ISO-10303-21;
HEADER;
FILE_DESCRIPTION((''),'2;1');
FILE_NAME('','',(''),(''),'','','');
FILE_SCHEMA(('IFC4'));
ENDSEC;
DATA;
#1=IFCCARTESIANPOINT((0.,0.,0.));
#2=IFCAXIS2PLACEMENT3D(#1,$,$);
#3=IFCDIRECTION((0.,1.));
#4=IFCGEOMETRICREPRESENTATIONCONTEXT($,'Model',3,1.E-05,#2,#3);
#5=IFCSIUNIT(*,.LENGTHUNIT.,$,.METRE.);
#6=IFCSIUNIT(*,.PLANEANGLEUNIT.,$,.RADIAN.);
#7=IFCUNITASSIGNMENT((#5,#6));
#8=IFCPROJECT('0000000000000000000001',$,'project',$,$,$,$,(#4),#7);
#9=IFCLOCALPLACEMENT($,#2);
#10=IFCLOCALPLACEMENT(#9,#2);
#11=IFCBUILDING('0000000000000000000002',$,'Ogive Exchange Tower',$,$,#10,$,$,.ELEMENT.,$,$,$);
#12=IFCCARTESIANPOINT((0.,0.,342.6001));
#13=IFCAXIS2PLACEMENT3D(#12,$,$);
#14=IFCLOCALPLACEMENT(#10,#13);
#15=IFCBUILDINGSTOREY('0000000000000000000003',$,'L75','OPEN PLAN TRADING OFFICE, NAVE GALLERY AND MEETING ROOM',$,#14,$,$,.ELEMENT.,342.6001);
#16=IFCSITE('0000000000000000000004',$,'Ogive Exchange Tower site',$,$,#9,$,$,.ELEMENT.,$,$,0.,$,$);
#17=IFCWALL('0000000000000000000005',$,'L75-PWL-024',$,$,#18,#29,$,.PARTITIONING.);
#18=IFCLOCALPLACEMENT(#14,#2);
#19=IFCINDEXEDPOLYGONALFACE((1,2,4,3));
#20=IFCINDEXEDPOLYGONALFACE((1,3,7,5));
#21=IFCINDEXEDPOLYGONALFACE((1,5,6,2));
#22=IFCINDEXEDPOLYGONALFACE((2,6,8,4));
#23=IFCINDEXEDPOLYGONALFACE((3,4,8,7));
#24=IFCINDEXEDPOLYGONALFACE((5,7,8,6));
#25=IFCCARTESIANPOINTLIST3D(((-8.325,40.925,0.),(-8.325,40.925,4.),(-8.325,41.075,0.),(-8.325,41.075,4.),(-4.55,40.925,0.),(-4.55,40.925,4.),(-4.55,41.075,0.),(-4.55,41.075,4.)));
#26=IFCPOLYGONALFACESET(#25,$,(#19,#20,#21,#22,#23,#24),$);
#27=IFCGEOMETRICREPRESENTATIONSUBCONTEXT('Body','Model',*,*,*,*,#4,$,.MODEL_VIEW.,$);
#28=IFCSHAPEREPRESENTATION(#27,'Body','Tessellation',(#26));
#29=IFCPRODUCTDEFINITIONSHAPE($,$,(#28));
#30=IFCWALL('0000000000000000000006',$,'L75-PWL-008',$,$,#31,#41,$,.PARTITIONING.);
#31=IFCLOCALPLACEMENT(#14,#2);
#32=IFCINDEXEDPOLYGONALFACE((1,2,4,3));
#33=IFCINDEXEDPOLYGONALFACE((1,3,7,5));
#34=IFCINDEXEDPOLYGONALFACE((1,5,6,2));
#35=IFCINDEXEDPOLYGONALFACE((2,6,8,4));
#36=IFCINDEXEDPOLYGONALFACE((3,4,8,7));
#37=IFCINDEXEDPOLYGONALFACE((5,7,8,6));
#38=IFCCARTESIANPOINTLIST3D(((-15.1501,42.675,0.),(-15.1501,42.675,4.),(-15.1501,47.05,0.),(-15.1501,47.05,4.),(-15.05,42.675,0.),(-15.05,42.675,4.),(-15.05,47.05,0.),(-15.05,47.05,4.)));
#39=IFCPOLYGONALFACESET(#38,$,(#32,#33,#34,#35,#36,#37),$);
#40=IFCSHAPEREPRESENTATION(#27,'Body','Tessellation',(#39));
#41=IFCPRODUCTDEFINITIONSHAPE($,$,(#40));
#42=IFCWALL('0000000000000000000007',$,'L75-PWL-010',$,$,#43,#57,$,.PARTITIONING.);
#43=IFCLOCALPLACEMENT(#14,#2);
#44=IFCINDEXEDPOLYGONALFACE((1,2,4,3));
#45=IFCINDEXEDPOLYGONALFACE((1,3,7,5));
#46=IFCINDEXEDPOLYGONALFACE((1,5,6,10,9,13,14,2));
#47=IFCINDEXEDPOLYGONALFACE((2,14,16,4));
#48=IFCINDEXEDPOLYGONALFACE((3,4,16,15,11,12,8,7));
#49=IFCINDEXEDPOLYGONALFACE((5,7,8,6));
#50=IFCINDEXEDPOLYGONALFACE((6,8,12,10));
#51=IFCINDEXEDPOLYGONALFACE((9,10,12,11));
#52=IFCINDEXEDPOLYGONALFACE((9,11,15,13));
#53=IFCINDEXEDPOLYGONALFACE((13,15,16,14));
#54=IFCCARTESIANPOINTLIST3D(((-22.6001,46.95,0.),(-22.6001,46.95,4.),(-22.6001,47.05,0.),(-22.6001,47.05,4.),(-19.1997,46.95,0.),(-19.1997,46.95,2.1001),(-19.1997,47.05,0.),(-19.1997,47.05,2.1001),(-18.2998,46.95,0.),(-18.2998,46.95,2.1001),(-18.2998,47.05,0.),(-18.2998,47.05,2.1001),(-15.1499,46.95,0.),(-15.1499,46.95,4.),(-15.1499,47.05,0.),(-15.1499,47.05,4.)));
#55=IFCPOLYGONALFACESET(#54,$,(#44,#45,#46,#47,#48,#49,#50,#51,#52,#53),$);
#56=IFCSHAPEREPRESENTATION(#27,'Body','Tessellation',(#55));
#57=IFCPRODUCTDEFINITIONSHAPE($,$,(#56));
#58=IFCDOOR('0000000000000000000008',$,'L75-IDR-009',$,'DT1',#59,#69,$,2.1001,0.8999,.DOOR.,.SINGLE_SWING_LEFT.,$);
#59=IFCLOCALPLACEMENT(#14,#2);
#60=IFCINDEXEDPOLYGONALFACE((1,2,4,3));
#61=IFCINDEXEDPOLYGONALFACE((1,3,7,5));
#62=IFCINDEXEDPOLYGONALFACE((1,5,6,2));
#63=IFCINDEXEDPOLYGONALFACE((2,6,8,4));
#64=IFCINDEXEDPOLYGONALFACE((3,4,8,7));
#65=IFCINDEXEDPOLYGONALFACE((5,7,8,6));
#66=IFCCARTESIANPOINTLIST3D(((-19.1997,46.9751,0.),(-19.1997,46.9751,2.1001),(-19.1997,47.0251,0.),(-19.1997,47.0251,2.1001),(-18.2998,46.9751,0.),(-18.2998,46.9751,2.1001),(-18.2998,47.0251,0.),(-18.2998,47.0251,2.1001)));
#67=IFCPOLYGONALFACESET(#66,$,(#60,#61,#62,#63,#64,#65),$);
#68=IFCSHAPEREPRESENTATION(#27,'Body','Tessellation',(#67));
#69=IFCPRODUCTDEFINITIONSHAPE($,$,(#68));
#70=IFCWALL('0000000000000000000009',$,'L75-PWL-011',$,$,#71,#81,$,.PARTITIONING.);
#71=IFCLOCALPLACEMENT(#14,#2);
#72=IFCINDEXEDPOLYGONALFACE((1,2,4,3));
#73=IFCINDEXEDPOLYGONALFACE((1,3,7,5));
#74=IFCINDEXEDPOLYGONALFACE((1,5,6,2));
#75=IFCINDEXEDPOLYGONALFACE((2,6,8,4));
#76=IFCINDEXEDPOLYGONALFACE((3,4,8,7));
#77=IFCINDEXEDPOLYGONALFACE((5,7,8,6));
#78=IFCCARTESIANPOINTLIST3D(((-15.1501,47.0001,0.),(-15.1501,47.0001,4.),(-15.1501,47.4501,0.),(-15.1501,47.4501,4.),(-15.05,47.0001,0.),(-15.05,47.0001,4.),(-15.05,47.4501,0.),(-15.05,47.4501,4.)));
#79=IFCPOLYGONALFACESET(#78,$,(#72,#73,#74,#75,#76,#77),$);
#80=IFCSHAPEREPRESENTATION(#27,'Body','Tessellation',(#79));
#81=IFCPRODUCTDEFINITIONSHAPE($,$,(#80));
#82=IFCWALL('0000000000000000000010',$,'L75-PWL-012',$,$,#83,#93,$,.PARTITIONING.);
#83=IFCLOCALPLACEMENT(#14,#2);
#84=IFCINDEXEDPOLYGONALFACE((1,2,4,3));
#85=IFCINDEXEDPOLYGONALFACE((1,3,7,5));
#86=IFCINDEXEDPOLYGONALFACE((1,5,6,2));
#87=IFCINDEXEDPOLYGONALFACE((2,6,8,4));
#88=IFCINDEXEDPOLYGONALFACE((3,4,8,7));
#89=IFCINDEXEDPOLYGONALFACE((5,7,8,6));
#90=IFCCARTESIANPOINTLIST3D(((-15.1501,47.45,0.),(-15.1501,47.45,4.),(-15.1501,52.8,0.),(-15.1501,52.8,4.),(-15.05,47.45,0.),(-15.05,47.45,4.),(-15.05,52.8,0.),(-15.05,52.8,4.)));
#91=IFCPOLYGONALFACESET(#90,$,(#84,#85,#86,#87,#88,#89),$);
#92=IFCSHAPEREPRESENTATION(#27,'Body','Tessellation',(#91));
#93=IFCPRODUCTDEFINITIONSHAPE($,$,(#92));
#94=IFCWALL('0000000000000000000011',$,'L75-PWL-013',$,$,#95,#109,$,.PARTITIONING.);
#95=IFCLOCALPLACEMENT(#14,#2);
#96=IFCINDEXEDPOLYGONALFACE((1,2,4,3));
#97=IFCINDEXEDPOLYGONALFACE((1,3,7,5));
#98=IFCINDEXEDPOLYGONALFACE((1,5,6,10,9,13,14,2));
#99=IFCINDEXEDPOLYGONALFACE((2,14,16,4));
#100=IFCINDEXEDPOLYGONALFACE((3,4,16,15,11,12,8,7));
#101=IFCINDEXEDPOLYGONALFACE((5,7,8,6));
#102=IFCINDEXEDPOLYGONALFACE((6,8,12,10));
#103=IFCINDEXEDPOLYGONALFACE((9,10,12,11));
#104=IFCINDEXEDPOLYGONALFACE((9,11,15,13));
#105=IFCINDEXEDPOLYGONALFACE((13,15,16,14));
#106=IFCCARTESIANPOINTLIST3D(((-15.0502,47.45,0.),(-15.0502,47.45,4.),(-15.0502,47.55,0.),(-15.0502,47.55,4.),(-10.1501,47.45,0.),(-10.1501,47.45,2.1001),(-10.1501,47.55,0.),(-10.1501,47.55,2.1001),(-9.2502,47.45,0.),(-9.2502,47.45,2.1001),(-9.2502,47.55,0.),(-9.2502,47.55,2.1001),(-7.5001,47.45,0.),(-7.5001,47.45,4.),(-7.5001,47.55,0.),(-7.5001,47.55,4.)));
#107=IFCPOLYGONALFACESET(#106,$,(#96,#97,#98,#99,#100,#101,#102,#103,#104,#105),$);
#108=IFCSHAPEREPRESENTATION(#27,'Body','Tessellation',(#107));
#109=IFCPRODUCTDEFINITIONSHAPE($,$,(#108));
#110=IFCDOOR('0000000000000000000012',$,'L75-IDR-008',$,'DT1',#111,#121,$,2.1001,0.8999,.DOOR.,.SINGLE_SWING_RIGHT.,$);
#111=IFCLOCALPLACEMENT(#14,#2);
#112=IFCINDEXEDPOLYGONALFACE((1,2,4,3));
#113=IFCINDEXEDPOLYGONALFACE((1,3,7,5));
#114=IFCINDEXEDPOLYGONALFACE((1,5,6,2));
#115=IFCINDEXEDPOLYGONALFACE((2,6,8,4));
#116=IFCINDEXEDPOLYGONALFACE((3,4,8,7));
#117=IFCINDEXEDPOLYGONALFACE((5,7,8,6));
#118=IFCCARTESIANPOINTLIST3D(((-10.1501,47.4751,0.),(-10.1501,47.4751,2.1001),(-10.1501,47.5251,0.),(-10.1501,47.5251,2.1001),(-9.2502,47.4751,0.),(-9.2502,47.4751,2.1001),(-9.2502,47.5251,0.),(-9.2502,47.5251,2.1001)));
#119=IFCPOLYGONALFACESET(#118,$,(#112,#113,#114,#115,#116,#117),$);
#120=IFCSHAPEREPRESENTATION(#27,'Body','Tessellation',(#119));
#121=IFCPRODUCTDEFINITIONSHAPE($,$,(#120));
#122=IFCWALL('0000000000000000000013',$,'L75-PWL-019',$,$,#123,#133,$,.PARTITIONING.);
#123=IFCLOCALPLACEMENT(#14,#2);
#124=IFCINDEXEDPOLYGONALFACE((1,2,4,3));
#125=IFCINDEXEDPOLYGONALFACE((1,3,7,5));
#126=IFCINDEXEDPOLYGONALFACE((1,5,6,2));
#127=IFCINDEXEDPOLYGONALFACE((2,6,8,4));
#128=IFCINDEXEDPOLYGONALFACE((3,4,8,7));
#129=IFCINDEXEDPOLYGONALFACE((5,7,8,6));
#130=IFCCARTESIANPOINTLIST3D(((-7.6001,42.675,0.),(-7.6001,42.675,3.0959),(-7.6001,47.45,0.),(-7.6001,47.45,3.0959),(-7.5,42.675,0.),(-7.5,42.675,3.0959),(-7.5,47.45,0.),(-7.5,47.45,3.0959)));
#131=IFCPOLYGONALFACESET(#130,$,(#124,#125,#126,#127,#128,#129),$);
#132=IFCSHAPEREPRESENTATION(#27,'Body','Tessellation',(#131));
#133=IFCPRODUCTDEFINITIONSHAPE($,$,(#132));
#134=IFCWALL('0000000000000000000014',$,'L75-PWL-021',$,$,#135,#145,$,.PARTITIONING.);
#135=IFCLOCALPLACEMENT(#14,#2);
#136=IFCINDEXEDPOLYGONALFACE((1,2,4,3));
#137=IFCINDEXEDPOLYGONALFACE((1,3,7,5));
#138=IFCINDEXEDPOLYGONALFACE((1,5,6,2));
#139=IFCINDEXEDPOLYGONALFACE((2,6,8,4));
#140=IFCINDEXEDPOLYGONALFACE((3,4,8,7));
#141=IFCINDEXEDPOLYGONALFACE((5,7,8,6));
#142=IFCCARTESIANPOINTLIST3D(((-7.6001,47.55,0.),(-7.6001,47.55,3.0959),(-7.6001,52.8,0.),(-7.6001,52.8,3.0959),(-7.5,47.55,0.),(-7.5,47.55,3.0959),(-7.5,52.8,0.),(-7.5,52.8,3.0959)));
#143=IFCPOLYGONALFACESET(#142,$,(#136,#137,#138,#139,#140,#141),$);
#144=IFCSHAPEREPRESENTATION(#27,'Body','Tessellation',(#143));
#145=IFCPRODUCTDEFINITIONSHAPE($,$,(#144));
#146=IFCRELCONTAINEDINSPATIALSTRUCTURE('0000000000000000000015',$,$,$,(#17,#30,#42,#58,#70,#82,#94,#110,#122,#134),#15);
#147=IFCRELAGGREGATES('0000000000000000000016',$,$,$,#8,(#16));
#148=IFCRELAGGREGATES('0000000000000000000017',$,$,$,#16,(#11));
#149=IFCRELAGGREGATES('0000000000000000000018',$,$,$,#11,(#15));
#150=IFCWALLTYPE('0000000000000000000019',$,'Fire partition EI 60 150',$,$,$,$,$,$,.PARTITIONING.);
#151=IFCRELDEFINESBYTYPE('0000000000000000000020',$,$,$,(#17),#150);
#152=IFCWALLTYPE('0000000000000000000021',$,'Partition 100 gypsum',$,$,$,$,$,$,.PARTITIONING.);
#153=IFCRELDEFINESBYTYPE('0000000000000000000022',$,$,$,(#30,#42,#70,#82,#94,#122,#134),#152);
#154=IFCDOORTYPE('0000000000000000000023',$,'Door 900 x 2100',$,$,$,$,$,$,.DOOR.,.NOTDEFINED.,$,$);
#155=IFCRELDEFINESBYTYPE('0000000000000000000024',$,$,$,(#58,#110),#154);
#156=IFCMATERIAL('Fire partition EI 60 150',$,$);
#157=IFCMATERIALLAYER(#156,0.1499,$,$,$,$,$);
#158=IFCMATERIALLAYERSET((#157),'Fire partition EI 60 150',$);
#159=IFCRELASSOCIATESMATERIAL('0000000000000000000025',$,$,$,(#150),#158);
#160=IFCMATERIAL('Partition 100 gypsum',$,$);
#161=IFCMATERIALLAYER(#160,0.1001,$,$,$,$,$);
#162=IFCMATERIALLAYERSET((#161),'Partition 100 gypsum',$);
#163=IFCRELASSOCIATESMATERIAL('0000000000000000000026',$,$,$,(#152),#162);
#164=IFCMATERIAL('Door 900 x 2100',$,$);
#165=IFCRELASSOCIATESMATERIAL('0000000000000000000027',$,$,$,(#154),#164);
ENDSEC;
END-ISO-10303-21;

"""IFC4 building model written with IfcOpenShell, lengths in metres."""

from ifc_helpers import new_model, si_unit, direction, frame, frame_2d, origin, place, context, subcontext, project, spatial, rectangle, extrude, material, layer, layer_set, type_object, element, fill, save


model = new_model("IFC4")

# Units and contexts
model_context = context("Model", 3, precision=1e-05, world=origin(), true_north=direction((0.0, 1.0)))
body_context = subcontext(model_context, "Body", "Model", "MODEL_VIEW")
ifc_project = project(units=[si_unit("LENGTHUNIT", "METRE"), si_unit("PLANEANGLEUNIT", "RADIAN")], contexts=[model_context])

# Site, building, storey
site_placement = place(None, origin())
site = spatial("IfcSite", under=ifc_project, at=site_placement, Name="Ogive Exchange Tower site", CompositionType="ELEMENT", RefElevation=0.0)
building_placement = place(site_placement, origin())
building = spatial("IfcBuilding", under=site, at=building_placement, Name="Ogive Exchange Tower", CompositionType="ELEMENT")
storey_placement = place(building_placement, frame((0.0, 0.0, 342.6001)))
storey = spatial("IfcBuildingStorey", under=building, at=storey_placement, Name="L75", Description="OPEN PLAN TRADING OFFICE, NAVE GALLERY AND MEETING ROOM", CompositionType="ELEMENT", Elevation=342.6001)

# Shared definitions
ifc_material_1 = material(Name="Fire partition EI 60 150")
ifc_layer_1 = layer(ifc_material_1, 0.1499)
ifc_layer_set_1 = layer_set([ifc_layer_1], Name="Fire partition EI 60 150")
wall_type_1 = type_object("IfcWallType", Name="Fire partition EI 60 150", PredefinedType="PARTITIONING", material=ifc_layer_set_1)

# Walls
wall_1_placement = place(storey_placement, frame((-4.55, 41.0, 0.0), z_axis=(0.0, 0.0, 1.0), x_axis=(-1.0, 0.0, 0.0)))
element("IfcWall", 1, at=wall_1_placement, inside=storey, type_object=wall_type_1, Name="L75-PWL-024", PredefinedType="PARTITIONING", context=body_context, shape_type="SweptSolid", body=[
    extrude(rectangle(XDim=3.7749, YDim=0.1499, at=frame_2d((1.8875, 0.0))), origin(), (0.0, 0.0, 1.0), 4.0),
])
ifc_material_2 = material(Name="Partition 100 gypsum")
ifc_layer_2 = layer(ifc_material_2, 0.1001)
ifc_layer_set_2 = layer_set([ifc_layer_2], Name="Partition 100 gypsum")
wall_type_2 = type_object("IfcWallType", Name="Partition 100 gypsum", PredefinedType="PARTITIONING", material=ifc_layer_set_2)
wall_2_placement = place(storey_placement, frame((-15.1001, 42.675, 0.0), z_axis=(0.0, 0.0, 1.0), x_axis=(0.0, 1.0, 0.0)))
element("IfcWall", 2, at=wall_2_placement, inside=storey, type_object=wall_type_2, Name="L75-PWL-008", PredefinedType="PARTITIONING", context=body_context, shape_type="SweptSolid", body=[
    extrude(rectangle(XDim=4.375, YDim=0.1001, at=frame_2d((2.1875, 0.0))), origin(), (0.0, 0.0, 1.0), 4.0),
])

# Wall, opening, door
wall_3_placement = place(storey_placement, frame((-15.1499, 47.0, 0.0), z_axis=(0.0, 0.0, 1.0), x_axis=(-1.0, 0.0, 0.0)))
wall_3 = element("IfcWall", 3, at=wall_3_placement, inside=storey, type_object=wall_type_2, Name="L75-PWL-010", PredefinedType="PARTITIONING", context=body_context, shape_type="SweptSolid", body=[
    extrude(rectangle(XDim=7.4502, YDim=0.1001, at=frame_2d((3.7251, 0.0))), origin(), (0.0, 0.0, 1.0), 4.0),
])
opening_1_placement = place(wall_3_placement, frame((3.1499, 0.0, 0.0)))
opening_1 = element("IfcOpeningElement", 4, at=opening_1_placement, cuts=wall_3, PredefinedType="OPENING", context=body_context, shape_type="SweptSolid", body=[
    extrude(rectangle(XDim=0.8999, YDim=2.1001, at=frame_2d((0.45, 1.05))), frame((0.0, 0.0601, 0.0), z_axis=(0.0, -1.0, 0.0), x_axis=(1.0, 0.0, 0.0)), (0.0, 0.0, 1.0), 0.1201),
])
ifc_material_3 = material(Name="Door 900 x 2100")
door_type_1 = type_object("IfcDoorType", Name="Door 900 x 2100", OperationType="NOTDEFINED", PredefinedType="DOOR", material=ifc_material_3)
door_1_placement = place(opening_1_placement, origin())
door_1 = element("IfcDoor", 5, at=door_1_placement, inside=storey, type_object=door_type_1, Name="L75-IDR-009", ObjectType="DT1", OperationType="SINGLE_SWING_LEFT", OverallHeight=2.1001, OverallWidth=0.8999, PredefinedType="DOOR", context=body_context, shape_type="SweptSolid", body=[
    extrude(rectangle(XDim=0.8999, YDim=2.1001, at=frame_2d((0.45, 1.05))), frame((0.0, 0.0249, 0.0), z_axis=(0.0, -1.0, 0.0), x_axis=(1.0, 0.0, 0.0)), (0.0, 0.0, 1.0), 0.05),
])
fill(opening_1, door_1)

# Walls
wall_4_placement = place(storey_placement, frame((-15.1001, 47.0, 0.0), z_axis=(0.0, 0.0, 1.0), x_axis=(0.0, 1.0, 0.0)))
element("IfcWall", 6, at=wall_4_placement, inside=storey, type_object=wall_type_2, Name="L75-PWL-011", PredefinedType="PARTITIONING", context=body_context, shape_type="SweptSolid", body=[
    extrude(rectangle(XDim=0.45, YDim=0.1001, at=frame_2d((0.2251, 0.0))), origin(), (0.0, 0.0, 1.0), 4.0),
])
wall_5_placement = place(storey_placement, frame((-15.1001, 47.45, 0.0), z_axis=(0.0, 0.0, 1.0), x_axis=(0.0, 1.0, 0.0)))
element("IfcWall", 7, at=wall_5_placement, inside=storey, type_object=wall_type_2, Name="L75-PWL-012", PredefinedType="PARTITIONING", context=body_context, shape_type="SweptSolid", body=[
    extrude(rectangle(XDim=5.3501, YDim=0.1001, at=frame_2d((2.675, 0.0))), origin(), (0.0, 0.0, 1.0), 4.0),
])

# Wall, opening, door
wall_6_placement = place(storey_placement, frame((-15.05, 47.5, 0.0), z_axis=(0.0, 0.0, 1.0), x_axis=(1.0, 0.0, 0.0)))
wall_6 = element("IfcWall", 8, at=wall_6_placement, inside=storey, type_object=wall_type_2, Name="L75-PWL-013", PredefinedType="PARTITIONING", context=body_context, shape_type="SweptSolid", body=[
    extrude(rectangle(XDim=7.55, YDim=0.1001, at=frame_2d((3.7749, 0.0))), origin(), (0.0, 0.0, 1.0), 4.0),
])
opening_2_placement = place(wall_6_placement, frame((4.8999, 0.0, 0.0)))
opening_2 = element("IfcOpeningElement", 9, at=opening_2_placement, cuts=wall_6, PredefinedType="OPENING", context=body_context, shape_type="SweptSolid", body=[
    extrude(rectangle(XDim=0.8999, YDim=2.1001, at=frame_2d((0.45, 1.05))), frame((0.0, 0.0601, 0.0), z_axis=(0.0, -1.0, 0.0), x_axis=(1.0, 0.0, 0.0)), (0.0, 0.0, 1.0), 0.1201),
])
door_2_placement = place(opening_2_placement, frame((0.8999, 0.0, 0.0), z_axis=(0.0, 0.0, 1.0), x_axis=(-1.0, 0.0, 0.0)))
door_2 = element("IfcDoor", 10, at=door_2_placement, inside=storey, type_object=door_type_1, Name="L75-IDR-008", ObjectType="DT1", OperationType="SINGLE_SWING_RIGHT", OverallHeight=2.1001, OverallWidth=0.8999, PredefinedType="DOOR", context=body_context, shape_type="SweptSolid", body=[
    extrude(rectangle(XDim=0.8999, YDim=2.1001, at=frame_2d((0.45, 1.05))), frame((0.0, 0.0249, 0.0), z_axis=(0.0, -1.0, 0.0), x_axis=(1.0, 0.0, 0.0)), (0.0, 0.0, 1.0), 0.05),
])
fill(opening_2, door_2)

# Walls
wall_7_placement = place(storey_placement, frame((-7.55, 42.675, 0.0), z_axis=(0.0, 0.0, 1.0), x_axis=(0.0, 1.0, 0.0)))
element("IfcWall", 11, at=wall_7_placement, inside=storey, type_object=wall_type_2, Name="L75-PWL-019", PredefinedType="PARTITIONING", context=body_context, shape_type="SweptSolid", body=[
    extrude(rectangle(XDim=4.7749, YDim=0.1001, at=frame_2d((2.3875, 0.0))), origin(), (0.0, 0.0, 1.0), 3.0959),
])
wall_8_placement = place(storey_placement, frame((-7.55, 47.55, 0.0), z_axis=(0.0, 0.0, 1.0), x_axis=(0.0, 1.0, 0.0)))
element("IfcWall", 12, at=wall_8_placement, inside=storey, type_object=wall_type_2, Name="L75-PWL-021", PredefinedType="PARTITIONING", context=body_context, shape_type="SweptSolid", body=[
    extrude(rectangle(XDim=5.25, YDim=0.1001, at=frame_2d((2.625, 0.0))), origin(), (0.0, 0.0, 1.0), 3.0959),
])

save(model, "model.ifc")
